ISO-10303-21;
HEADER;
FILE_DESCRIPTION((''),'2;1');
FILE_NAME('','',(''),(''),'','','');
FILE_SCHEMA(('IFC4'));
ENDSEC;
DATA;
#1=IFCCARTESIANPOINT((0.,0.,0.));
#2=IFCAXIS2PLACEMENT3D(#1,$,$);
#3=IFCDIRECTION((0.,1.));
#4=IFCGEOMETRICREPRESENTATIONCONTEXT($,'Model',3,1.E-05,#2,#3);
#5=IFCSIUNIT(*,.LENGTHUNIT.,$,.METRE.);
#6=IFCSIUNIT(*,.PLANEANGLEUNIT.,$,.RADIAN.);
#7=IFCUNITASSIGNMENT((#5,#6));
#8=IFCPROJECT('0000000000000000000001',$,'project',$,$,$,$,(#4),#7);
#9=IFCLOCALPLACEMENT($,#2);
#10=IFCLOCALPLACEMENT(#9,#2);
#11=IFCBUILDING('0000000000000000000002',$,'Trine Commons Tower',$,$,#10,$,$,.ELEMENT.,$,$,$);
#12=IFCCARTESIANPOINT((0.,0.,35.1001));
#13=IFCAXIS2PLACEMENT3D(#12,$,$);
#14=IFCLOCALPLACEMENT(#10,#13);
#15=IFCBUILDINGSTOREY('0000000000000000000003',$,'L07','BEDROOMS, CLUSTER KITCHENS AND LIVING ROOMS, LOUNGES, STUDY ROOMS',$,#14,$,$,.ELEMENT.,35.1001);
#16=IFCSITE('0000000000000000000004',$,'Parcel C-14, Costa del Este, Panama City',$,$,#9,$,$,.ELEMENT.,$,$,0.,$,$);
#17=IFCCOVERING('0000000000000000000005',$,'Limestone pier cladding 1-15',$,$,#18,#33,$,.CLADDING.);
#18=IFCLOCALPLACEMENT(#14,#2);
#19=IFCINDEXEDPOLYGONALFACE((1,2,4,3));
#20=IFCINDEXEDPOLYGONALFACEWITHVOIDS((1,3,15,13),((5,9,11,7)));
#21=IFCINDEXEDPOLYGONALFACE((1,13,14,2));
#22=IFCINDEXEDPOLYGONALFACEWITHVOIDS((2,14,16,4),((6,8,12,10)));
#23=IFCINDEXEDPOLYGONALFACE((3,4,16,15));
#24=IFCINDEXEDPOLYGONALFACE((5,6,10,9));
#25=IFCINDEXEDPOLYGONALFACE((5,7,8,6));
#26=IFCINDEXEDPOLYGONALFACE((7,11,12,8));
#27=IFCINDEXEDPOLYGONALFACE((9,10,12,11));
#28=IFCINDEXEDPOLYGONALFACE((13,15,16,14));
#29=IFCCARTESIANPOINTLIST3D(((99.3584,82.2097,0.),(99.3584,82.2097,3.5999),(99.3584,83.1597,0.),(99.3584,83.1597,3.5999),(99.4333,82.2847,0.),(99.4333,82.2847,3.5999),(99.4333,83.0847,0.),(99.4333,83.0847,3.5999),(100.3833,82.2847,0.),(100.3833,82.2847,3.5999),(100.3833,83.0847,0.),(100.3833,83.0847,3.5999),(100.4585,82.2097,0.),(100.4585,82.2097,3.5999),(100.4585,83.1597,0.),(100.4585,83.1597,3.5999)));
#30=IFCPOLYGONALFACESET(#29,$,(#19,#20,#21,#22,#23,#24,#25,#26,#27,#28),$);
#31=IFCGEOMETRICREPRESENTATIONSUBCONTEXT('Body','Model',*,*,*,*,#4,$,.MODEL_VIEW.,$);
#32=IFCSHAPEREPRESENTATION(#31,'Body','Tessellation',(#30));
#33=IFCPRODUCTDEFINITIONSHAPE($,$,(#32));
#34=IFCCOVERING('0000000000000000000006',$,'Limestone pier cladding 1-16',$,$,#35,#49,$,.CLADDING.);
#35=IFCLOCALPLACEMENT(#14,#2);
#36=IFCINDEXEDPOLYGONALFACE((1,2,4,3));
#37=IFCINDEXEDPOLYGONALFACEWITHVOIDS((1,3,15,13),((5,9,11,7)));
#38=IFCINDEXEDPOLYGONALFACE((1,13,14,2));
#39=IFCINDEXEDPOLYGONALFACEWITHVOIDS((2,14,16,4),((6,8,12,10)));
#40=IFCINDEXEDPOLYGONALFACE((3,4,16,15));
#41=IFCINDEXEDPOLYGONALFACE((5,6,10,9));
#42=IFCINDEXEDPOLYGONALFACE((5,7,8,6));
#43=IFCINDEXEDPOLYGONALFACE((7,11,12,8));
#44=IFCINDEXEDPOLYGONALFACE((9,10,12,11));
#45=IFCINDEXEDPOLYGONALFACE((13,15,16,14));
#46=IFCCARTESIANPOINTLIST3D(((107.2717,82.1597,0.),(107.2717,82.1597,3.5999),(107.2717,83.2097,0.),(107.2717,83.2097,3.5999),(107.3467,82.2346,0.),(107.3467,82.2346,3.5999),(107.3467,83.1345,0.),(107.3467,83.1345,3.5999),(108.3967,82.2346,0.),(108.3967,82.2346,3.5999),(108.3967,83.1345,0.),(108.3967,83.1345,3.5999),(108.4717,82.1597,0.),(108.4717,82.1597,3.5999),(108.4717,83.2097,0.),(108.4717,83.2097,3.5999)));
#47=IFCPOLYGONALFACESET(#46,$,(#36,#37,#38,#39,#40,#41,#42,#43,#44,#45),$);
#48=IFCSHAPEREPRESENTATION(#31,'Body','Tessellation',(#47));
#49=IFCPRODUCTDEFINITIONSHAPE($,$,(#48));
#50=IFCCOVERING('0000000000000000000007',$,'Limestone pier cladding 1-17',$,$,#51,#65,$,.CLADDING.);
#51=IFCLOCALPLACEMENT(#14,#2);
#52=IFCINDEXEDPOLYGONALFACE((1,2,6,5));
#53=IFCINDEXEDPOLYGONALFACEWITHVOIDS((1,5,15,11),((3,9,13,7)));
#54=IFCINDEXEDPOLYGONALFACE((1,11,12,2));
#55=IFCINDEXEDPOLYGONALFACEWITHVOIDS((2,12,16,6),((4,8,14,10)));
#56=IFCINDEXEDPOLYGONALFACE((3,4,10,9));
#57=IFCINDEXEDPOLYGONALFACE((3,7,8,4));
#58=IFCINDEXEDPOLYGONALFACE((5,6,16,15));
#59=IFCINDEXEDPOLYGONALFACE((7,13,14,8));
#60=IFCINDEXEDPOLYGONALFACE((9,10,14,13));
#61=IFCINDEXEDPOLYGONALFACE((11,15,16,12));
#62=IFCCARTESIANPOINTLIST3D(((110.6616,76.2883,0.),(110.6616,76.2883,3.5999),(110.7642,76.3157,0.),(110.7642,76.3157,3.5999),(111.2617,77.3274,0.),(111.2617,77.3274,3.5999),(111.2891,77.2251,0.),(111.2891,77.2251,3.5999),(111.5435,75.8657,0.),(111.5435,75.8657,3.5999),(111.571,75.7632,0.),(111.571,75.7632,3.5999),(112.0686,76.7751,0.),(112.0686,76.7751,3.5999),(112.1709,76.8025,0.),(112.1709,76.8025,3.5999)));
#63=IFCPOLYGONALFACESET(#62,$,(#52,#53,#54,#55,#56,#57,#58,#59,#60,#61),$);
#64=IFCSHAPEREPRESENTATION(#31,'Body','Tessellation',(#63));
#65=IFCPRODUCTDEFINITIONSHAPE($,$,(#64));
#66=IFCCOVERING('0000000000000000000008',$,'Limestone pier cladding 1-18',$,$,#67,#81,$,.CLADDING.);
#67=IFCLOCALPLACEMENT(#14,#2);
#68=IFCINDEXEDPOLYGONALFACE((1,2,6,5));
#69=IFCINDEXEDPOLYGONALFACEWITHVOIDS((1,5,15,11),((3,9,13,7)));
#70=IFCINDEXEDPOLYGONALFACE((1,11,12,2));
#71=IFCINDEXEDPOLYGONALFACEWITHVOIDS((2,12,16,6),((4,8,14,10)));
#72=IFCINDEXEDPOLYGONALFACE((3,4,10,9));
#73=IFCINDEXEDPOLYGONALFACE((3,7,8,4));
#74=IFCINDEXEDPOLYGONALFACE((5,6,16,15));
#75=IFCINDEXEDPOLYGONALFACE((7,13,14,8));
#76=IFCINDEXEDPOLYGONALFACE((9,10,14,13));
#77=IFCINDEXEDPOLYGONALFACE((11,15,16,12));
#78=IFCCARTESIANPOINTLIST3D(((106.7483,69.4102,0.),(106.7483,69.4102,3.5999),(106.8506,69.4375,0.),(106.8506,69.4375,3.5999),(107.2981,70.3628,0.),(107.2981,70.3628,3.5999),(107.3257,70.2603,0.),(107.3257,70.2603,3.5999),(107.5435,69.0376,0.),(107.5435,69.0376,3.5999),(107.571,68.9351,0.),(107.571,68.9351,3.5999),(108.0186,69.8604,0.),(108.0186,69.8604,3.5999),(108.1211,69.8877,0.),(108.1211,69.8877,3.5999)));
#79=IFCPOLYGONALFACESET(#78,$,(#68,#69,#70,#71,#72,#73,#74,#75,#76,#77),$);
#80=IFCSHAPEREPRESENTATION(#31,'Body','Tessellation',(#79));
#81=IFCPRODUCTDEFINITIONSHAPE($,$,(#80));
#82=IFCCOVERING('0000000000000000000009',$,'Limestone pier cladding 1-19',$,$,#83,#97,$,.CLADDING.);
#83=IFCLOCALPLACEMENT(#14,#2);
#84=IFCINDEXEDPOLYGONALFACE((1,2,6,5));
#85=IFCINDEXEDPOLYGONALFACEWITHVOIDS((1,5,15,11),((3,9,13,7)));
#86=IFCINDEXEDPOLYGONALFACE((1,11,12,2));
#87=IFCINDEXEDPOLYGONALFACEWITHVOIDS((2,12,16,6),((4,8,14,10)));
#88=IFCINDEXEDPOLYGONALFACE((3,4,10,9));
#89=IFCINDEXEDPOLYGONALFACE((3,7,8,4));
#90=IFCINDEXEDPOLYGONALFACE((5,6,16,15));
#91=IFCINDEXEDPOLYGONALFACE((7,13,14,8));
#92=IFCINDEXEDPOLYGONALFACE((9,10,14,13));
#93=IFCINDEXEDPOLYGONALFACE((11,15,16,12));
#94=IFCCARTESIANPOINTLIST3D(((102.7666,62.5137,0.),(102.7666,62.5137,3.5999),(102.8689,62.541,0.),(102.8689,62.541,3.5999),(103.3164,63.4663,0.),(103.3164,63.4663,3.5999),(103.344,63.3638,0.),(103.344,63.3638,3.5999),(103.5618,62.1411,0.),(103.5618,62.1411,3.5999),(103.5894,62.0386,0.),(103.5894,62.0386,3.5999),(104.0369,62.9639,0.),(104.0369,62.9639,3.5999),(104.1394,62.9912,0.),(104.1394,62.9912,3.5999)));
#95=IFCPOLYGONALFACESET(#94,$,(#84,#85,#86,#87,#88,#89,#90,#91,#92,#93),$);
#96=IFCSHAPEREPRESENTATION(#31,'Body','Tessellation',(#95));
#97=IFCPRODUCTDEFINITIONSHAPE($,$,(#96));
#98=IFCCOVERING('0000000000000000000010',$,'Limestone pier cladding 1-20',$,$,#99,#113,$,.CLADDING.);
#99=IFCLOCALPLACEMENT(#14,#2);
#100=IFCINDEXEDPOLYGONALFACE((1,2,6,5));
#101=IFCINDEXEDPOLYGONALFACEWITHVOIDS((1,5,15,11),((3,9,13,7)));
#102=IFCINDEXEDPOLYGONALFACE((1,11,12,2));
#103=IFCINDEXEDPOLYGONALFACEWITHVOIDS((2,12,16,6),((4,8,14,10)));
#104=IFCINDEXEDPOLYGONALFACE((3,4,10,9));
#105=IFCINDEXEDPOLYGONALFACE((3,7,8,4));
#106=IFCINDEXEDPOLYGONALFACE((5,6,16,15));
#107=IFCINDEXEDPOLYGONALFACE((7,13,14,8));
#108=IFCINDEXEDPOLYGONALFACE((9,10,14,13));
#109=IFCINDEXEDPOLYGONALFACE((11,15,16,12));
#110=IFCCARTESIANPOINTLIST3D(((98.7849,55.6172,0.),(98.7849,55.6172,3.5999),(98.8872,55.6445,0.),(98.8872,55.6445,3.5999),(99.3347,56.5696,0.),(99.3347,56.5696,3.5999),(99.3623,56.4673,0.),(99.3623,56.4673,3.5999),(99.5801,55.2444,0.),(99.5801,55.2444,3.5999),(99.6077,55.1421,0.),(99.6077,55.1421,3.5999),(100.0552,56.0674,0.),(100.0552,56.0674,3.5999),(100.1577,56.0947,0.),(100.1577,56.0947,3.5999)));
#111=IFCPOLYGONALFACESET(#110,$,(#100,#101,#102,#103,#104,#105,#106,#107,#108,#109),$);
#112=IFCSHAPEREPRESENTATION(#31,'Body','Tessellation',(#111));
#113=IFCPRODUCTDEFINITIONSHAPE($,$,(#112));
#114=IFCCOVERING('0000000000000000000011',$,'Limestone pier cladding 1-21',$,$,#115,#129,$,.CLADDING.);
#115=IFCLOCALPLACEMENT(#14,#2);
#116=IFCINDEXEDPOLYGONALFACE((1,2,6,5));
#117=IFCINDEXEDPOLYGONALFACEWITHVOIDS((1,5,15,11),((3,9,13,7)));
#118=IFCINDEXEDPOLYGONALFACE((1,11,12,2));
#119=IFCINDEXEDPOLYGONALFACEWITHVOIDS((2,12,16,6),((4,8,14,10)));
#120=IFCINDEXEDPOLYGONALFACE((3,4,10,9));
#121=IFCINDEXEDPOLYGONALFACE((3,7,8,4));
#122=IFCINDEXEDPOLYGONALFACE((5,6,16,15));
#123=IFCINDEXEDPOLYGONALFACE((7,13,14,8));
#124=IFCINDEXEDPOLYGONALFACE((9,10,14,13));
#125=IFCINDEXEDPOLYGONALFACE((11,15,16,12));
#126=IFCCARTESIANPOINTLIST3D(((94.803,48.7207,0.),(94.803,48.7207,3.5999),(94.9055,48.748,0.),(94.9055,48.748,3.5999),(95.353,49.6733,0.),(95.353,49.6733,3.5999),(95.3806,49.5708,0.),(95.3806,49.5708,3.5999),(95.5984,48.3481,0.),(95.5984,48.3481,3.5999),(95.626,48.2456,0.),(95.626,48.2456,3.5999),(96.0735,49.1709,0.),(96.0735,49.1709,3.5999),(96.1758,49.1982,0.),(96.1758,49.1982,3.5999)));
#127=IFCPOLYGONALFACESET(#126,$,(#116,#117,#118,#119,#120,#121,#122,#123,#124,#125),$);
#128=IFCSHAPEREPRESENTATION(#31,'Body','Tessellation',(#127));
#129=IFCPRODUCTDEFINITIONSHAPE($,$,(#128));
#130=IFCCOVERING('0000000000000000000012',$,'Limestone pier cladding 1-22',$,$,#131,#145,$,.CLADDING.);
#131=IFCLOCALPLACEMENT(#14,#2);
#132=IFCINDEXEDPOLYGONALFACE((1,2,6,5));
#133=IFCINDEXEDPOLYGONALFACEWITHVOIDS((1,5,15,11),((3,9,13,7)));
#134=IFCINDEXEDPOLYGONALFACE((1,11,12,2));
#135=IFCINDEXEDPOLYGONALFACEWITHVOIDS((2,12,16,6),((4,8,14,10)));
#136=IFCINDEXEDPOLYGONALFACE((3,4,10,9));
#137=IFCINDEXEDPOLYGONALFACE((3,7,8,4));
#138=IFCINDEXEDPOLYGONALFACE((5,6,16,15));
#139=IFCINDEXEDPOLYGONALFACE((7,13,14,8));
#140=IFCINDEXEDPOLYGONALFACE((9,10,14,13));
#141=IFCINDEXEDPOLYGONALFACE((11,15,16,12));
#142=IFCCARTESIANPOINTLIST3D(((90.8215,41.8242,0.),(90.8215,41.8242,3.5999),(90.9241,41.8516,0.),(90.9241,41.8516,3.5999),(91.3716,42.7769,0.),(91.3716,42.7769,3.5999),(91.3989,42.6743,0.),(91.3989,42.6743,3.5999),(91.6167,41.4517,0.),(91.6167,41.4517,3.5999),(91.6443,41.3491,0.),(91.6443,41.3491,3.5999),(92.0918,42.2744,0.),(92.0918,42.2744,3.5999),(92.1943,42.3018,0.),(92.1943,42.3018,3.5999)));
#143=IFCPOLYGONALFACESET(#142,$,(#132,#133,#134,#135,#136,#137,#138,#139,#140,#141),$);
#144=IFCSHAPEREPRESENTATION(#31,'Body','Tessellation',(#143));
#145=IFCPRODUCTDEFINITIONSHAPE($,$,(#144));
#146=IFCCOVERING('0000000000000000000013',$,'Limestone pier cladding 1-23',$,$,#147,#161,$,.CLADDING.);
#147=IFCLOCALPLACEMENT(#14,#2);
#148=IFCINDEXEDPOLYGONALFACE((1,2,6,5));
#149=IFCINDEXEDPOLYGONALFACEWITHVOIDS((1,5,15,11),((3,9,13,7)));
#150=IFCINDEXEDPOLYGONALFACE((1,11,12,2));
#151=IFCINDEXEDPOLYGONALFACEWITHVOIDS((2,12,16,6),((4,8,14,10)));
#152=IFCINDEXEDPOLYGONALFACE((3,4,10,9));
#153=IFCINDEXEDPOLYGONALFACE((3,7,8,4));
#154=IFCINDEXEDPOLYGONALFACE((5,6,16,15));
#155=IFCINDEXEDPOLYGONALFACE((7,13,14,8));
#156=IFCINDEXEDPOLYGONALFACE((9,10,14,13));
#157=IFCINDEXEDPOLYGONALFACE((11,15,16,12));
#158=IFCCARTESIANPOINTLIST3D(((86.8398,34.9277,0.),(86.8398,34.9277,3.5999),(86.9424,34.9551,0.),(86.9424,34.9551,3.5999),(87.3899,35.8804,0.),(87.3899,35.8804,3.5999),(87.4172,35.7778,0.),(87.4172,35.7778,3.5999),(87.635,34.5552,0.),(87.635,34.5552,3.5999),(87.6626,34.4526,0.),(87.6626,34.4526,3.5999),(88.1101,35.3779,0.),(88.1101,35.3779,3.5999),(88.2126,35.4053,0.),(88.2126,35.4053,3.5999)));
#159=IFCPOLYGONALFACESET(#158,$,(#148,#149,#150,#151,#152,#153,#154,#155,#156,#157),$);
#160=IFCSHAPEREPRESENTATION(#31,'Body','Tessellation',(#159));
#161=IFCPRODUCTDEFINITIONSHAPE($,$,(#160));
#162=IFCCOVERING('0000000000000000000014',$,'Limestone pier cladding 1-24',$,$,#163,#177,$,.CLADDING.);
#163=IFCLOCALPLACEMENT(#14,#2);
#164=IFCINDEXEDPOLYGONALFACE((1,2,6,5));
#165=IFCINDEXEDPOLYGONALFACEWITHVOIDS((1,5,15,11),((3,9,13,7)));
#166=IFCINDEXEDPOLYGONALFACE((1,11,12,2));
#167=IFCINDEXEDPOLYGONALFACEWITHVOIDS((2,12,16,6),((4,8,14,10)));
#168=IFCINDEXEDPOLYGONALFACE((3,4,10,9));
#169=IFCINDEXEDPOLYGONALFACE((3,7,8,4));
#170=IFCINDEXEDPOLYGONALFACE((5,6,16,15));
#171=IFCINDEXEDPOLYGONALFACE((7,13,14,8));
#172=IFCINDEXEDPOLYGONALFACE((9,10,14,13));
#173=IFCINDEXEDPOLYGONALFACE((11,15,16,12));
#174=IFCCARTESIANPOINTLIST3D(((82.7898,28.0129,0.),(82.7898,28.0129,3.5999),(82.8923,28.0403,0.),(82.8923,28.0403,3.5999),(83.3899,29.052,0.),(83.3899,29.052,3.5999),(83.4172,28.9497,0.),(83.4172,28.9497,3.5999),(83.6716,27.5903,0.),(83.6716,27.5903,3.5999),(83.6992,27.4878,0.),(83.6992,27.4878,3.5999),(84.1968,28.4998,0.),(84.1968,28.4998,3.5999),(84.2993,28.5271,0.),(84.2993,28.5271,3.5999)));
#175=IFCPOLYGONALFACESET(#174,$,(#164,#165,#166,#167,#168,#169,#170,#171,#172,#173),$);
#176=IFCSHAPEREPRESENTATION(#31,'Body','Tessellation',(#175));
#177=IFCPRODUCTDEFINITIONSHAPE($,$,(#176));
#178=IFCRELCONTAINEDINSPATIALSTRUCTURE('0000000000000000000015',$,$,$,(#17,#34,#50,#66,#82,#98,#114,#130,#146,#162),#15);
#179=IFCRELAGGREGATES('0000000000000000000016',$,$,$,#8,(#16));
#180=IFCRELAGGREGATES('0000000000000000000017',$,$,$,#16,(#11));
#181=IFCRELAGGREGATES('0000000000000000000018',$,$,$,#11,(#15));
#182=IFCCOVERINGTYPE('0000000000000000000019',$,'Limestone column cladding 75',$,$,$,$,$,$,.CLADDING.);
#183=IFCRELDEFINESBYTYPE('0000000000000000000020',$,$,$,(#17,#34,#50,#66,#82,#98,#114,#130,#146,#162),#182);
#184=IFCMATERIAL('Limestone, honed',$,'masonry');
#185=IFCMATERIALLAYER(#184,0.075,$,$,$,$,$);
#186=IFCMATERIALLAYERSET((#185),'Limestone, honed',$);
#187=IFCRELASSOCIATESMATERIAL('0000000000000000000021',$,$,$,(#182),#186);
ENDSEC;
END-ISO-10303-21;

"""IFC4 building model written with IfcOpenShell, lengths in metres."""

from ifc_helpers import new_model, si_unit, direction, frame, origin, place, context, subcontext, project, spatial, polyline, outline, extrude, material, layer, layer_set, type_object, element, save


model = new_model("IFC4")

# Units and contexts
model_context = context("Model", 3, precision=1e-05, world=origin(), true_north=direction((0.0, 1.0)))
body_context = subcontext(model_context, "Body", "Model", "MODEL_VIEW")
ifc_project = project(units=[si_unit("LENGTHUNIT", "METRE"), si_unit("PLANEANGLEUNIT", "RADIAN")], contexts=[model_context])

# Site, building, storey
site_placement = place(None, origin())
site = spatial("IfcSite", under=ifc_project, at=site_placement, Name="Parcel C-14, Costa del Este, Panama City", CompositionType="ELEMENT", RefElevation=0.0)
building_placement = place(site_placement, origin())
building = spatial("IfcBuilding", under=site, at=building_placement, Name="Trine Commons Tower", CompositionType="ELEMENT")
storey_placement = place(building_placement, frame((0.0, 0.0, 35.1001)))
storey = spatial("IfcBuildingStorey", under=building, at=storey_placement, Name="L07", Description="BEDROOMS, CLUSTER KITCHENS AND LIVING ROOMS, LOUNGES, STUDY ROOMS", CompositionType="ELEMENT", Elevation=35.1001)

# Coverings
ifc_material_1 = material(Name="Limestone, honed", Category="masonry")
ifc_layer_1 = layer(ifc_material_1, 0.075)
ifc_layer_set_1 = layer_set([ifc_layer_1], Name="Limestone, honed")
covering_type_1 = type_object("IfcCoveringType", Name="Limestone column cladding 75", PredefinedType="CLADDING", material=ifc_layer_set_1)
covering_1_placement = place(storey_placement, origin())
element("IfcCovering", 1, at=covering_1_placement, inside=storey, type_object=covering_type_1, Name="Limestone pier cladding 1-15", PredefinedType="CLADDING", context=body_context, shape_type="SweptSolid", body=[
    extrude(outline(polyline([(100.4585, 82.2097), (100.4585, 83.1597), (99.3584, 83.1597), (99.3584, 82.2097), (100.4585, 82.2097)]), holes=[polyline([(100.3833, 82.2847), (100.3833, 83.0847), (99.4333, 83.0847), (99.4333, 82.2847), (100.3833, 82.2847)])]), origin(), (0.0, 0.0, 1.0), 3.5999),
])
covering_2_placement = place(storey_placement, origin())
element("IfcCovering", 2, at=covering_2_placement, inside=storey, type_object=covering_type_1, Name="Limestone pier cladding 1-16", PredefinedType="CLADDING", context=body_context, shape_type="SweptSolid", body=[
    extrude(outline(polyline([(108.4717, 82.1597), (108.4717, 83.2097), (107.2717, 83.2097), (107.2717, 82.1597), (108.4717, 82.1597)]), holes=[polyline([(108.3967, 82.2346), (108.3967, 83.1345), (107.3467, 83.1345), (107.3467, 82.2346), (108.3967, 82.2346)])]), origin(), (0.0, 0.0, 1.0), 3.5999),
])
covering_3_placement = place(storey_placement, origin())
element("IfcCovering", 3, at=covering_3_placement, inside=storey, type_object=covering_type_1, Name="Limestone pier cladding 1-17", PredefinedType="CLADDING", context=body_context, shape_type="SweptSolid", body=[
    extrude(outline(polyline([(112.1709, 76.8025), (111.2617, 77.3274), (110.6616, 76.2883), (111.571, 75.7632), (112.1709, 76.8025)]), holes=[polyline([(112.0686, 76.7751), (111.2891, 77.2251), (110.7642, 76.3157), (111.5435, 75.8657), (112.0686, 76.7751)])]), origin(), (0.0, 0.0, 1.0), 3.5999),
])
covering_4_placement = place(storey_placement, origin())
element("IfcCovering", 4, at=covering_4_placement, inside=storey, type_object=covering_type_1, Name="Limestone pier cladding 1-18", PredefinedType="CLADDING", context=body_context, shape_type="SweptSolid", body=[
    extrude(outline(polyline([(108.1211, 69.8877), (107.2981, 70.3628), (106.7483, 69.4102), (107.571, 68.9351), (108.1211, 69.8877)]), holes=[polyline([(108.0186, 69.8604), (107.3257, 70.2603), (106.8506, 69.4375), (107.5435, 69.0376), (108.0186, 69.8604)])]), origin(), (0.0, 0.0, 1.0), 3.5999),
])
covering_5_placement = place(storey_placement, origin())
element("IfcCovering", 5, at=covering_5_placement, inside=storey, type_object=covering_type_1, Name="Limestone pier cladding 1-19", PredefinedType="CLADDING", context=body_context, shape_type="SweptSolid", body=[
    extrude(outline(polyline([(104.1394, 62.9912), (103.3164, 63.4663), (102.7666, 62.5137), (103.5894, 62.0386), (104.1394, 62.9912)]), holes=[polyline([(104.0369, 62.9639), (103.344, 63.3638), (102.8689, 62.541), (103.5618, 62.1411), (104.0369, 62.9639)])]), origin(), (0.0, 0.0, 1.0), 3.5999),
])
covering_6_placement = place(storey_placement, origin())
element("IfcCovering", 6, at=covering_6_placement, inside=storey, type_object=covering_type_1, Name="Limestone pier cladding 1-20", PredefinedType="CLADDING", context=body_context, shape_type="SweptSolid", body=[
    extrude(outline(polyline([(100.1577, 56.0947), (99.3347, 56.5696), (98.7849, 55.6172), (99.6077, 55.1421), (100.1577, 56.0947)]), holes=[polyline([(100.0552, 56.0674), (99.3623, 56.4673), (98.8872, 55.6445), (99.5801, 55.2444), (100.0552, 56.0674)])]), origin(), (0.0, 0.0, 1.0), 3.5999),
])
covering_7_placement = place(storey_placement, origin())
element("IfcCovering", 7, at=covering_7_placement, inside=storey, type_object=covering_type_1, Name="Limestone pier cladding 1-21", PredefinedType="CLADDING", context=body_context, shape_type="SweptSolid", body=[
    extrude(outline(polyline([(96.1758, 49.1982), (95.353, 49.6733), (94.803, 48.7207), (95.626, 48.2456), (96.1758, 49.1982)]), holes=[polyline([(96.0735, 49.1709), (95.3806, 49.5708), (94.9055, 48.748), (95.5984, 48.3481), (96.0735, 49.1709)])]), origin(), (0.0, 0.0, 1.0), 3.5999),
])
covering_8_placement = place(storey_placement, origin())
element("IfcCovering", 8, at=covering_8_placement, inside=storey, type_object=covering_type_1, Name="Limestone pier cladding 1-22", PredefinedType="CLADDING", context=body_context, shape_type="SweptSolid", body=[
    extrude(outline(polyline([(92.1943, 42.3018), (91.3716, 42.7769), (90.8215, 41.8242), (91.6443, 41.3491), (92.1943, 42.3018)]), holes=[polyline([(92.0918, 42.2744), (91.3989, 42.6743), (90.9241, 41.8516), (91.6167, 41.4517), (92.0918, 42.2744)])]), origin(), (0.0, 0.0, 1.0), 3.5999),
])
covering_9_placement = place(storey_placement, origin())
element("IfcCovering", 9, at=covering_9_placement, inside=storey, type_object=covering_type_1, Name="Limestone pier cladding 1-23", PredefinedType="CLADDING", context=body_context, shape_type="SweptSolid", body=[
    extrude(outline(polyline([(88.2126, 35.4053), (87.3899, 35.8804), (86.8398, 34.9277), (87.6626, 34.4526), (88.2126, 35.4053)]), holes=[polyline([(88.1101, 35.3779), (87.4172, 35.7778), (86.9424, 34.9551), (87.635, 34.5552), (88.1101, 35.3779)])]), origin(), (0.0, 0.0, 1.0), 3.5999),
])
covering_10_placement = place(storey_placement, origin())
element("IfcCovering", 10, at=covering_10_placement, inside=storey, type_object=covering_type_1, Name="Limestone pier cladding 1-24", PredefinedType="CLADDING", context=body_context, shape_type="SweptSolid", body=[
    extrude(outline(polyline([(84.2993, 28.5271), (83.3899, 29.052), (82.7898, 28.0129), (83.6992, 27.4878), (84.2993, 28.5271)]), holes=[polyline([(84.1968, 28.4998), (83.4172, 28.9497), (82.8923, 28.0403), (83.6716, 27.5903), (84.1968, 28.4998)])]), origin(), (0.0, 0.0, 1.0), 3.5999),
])

save(model, "model.ifc")
